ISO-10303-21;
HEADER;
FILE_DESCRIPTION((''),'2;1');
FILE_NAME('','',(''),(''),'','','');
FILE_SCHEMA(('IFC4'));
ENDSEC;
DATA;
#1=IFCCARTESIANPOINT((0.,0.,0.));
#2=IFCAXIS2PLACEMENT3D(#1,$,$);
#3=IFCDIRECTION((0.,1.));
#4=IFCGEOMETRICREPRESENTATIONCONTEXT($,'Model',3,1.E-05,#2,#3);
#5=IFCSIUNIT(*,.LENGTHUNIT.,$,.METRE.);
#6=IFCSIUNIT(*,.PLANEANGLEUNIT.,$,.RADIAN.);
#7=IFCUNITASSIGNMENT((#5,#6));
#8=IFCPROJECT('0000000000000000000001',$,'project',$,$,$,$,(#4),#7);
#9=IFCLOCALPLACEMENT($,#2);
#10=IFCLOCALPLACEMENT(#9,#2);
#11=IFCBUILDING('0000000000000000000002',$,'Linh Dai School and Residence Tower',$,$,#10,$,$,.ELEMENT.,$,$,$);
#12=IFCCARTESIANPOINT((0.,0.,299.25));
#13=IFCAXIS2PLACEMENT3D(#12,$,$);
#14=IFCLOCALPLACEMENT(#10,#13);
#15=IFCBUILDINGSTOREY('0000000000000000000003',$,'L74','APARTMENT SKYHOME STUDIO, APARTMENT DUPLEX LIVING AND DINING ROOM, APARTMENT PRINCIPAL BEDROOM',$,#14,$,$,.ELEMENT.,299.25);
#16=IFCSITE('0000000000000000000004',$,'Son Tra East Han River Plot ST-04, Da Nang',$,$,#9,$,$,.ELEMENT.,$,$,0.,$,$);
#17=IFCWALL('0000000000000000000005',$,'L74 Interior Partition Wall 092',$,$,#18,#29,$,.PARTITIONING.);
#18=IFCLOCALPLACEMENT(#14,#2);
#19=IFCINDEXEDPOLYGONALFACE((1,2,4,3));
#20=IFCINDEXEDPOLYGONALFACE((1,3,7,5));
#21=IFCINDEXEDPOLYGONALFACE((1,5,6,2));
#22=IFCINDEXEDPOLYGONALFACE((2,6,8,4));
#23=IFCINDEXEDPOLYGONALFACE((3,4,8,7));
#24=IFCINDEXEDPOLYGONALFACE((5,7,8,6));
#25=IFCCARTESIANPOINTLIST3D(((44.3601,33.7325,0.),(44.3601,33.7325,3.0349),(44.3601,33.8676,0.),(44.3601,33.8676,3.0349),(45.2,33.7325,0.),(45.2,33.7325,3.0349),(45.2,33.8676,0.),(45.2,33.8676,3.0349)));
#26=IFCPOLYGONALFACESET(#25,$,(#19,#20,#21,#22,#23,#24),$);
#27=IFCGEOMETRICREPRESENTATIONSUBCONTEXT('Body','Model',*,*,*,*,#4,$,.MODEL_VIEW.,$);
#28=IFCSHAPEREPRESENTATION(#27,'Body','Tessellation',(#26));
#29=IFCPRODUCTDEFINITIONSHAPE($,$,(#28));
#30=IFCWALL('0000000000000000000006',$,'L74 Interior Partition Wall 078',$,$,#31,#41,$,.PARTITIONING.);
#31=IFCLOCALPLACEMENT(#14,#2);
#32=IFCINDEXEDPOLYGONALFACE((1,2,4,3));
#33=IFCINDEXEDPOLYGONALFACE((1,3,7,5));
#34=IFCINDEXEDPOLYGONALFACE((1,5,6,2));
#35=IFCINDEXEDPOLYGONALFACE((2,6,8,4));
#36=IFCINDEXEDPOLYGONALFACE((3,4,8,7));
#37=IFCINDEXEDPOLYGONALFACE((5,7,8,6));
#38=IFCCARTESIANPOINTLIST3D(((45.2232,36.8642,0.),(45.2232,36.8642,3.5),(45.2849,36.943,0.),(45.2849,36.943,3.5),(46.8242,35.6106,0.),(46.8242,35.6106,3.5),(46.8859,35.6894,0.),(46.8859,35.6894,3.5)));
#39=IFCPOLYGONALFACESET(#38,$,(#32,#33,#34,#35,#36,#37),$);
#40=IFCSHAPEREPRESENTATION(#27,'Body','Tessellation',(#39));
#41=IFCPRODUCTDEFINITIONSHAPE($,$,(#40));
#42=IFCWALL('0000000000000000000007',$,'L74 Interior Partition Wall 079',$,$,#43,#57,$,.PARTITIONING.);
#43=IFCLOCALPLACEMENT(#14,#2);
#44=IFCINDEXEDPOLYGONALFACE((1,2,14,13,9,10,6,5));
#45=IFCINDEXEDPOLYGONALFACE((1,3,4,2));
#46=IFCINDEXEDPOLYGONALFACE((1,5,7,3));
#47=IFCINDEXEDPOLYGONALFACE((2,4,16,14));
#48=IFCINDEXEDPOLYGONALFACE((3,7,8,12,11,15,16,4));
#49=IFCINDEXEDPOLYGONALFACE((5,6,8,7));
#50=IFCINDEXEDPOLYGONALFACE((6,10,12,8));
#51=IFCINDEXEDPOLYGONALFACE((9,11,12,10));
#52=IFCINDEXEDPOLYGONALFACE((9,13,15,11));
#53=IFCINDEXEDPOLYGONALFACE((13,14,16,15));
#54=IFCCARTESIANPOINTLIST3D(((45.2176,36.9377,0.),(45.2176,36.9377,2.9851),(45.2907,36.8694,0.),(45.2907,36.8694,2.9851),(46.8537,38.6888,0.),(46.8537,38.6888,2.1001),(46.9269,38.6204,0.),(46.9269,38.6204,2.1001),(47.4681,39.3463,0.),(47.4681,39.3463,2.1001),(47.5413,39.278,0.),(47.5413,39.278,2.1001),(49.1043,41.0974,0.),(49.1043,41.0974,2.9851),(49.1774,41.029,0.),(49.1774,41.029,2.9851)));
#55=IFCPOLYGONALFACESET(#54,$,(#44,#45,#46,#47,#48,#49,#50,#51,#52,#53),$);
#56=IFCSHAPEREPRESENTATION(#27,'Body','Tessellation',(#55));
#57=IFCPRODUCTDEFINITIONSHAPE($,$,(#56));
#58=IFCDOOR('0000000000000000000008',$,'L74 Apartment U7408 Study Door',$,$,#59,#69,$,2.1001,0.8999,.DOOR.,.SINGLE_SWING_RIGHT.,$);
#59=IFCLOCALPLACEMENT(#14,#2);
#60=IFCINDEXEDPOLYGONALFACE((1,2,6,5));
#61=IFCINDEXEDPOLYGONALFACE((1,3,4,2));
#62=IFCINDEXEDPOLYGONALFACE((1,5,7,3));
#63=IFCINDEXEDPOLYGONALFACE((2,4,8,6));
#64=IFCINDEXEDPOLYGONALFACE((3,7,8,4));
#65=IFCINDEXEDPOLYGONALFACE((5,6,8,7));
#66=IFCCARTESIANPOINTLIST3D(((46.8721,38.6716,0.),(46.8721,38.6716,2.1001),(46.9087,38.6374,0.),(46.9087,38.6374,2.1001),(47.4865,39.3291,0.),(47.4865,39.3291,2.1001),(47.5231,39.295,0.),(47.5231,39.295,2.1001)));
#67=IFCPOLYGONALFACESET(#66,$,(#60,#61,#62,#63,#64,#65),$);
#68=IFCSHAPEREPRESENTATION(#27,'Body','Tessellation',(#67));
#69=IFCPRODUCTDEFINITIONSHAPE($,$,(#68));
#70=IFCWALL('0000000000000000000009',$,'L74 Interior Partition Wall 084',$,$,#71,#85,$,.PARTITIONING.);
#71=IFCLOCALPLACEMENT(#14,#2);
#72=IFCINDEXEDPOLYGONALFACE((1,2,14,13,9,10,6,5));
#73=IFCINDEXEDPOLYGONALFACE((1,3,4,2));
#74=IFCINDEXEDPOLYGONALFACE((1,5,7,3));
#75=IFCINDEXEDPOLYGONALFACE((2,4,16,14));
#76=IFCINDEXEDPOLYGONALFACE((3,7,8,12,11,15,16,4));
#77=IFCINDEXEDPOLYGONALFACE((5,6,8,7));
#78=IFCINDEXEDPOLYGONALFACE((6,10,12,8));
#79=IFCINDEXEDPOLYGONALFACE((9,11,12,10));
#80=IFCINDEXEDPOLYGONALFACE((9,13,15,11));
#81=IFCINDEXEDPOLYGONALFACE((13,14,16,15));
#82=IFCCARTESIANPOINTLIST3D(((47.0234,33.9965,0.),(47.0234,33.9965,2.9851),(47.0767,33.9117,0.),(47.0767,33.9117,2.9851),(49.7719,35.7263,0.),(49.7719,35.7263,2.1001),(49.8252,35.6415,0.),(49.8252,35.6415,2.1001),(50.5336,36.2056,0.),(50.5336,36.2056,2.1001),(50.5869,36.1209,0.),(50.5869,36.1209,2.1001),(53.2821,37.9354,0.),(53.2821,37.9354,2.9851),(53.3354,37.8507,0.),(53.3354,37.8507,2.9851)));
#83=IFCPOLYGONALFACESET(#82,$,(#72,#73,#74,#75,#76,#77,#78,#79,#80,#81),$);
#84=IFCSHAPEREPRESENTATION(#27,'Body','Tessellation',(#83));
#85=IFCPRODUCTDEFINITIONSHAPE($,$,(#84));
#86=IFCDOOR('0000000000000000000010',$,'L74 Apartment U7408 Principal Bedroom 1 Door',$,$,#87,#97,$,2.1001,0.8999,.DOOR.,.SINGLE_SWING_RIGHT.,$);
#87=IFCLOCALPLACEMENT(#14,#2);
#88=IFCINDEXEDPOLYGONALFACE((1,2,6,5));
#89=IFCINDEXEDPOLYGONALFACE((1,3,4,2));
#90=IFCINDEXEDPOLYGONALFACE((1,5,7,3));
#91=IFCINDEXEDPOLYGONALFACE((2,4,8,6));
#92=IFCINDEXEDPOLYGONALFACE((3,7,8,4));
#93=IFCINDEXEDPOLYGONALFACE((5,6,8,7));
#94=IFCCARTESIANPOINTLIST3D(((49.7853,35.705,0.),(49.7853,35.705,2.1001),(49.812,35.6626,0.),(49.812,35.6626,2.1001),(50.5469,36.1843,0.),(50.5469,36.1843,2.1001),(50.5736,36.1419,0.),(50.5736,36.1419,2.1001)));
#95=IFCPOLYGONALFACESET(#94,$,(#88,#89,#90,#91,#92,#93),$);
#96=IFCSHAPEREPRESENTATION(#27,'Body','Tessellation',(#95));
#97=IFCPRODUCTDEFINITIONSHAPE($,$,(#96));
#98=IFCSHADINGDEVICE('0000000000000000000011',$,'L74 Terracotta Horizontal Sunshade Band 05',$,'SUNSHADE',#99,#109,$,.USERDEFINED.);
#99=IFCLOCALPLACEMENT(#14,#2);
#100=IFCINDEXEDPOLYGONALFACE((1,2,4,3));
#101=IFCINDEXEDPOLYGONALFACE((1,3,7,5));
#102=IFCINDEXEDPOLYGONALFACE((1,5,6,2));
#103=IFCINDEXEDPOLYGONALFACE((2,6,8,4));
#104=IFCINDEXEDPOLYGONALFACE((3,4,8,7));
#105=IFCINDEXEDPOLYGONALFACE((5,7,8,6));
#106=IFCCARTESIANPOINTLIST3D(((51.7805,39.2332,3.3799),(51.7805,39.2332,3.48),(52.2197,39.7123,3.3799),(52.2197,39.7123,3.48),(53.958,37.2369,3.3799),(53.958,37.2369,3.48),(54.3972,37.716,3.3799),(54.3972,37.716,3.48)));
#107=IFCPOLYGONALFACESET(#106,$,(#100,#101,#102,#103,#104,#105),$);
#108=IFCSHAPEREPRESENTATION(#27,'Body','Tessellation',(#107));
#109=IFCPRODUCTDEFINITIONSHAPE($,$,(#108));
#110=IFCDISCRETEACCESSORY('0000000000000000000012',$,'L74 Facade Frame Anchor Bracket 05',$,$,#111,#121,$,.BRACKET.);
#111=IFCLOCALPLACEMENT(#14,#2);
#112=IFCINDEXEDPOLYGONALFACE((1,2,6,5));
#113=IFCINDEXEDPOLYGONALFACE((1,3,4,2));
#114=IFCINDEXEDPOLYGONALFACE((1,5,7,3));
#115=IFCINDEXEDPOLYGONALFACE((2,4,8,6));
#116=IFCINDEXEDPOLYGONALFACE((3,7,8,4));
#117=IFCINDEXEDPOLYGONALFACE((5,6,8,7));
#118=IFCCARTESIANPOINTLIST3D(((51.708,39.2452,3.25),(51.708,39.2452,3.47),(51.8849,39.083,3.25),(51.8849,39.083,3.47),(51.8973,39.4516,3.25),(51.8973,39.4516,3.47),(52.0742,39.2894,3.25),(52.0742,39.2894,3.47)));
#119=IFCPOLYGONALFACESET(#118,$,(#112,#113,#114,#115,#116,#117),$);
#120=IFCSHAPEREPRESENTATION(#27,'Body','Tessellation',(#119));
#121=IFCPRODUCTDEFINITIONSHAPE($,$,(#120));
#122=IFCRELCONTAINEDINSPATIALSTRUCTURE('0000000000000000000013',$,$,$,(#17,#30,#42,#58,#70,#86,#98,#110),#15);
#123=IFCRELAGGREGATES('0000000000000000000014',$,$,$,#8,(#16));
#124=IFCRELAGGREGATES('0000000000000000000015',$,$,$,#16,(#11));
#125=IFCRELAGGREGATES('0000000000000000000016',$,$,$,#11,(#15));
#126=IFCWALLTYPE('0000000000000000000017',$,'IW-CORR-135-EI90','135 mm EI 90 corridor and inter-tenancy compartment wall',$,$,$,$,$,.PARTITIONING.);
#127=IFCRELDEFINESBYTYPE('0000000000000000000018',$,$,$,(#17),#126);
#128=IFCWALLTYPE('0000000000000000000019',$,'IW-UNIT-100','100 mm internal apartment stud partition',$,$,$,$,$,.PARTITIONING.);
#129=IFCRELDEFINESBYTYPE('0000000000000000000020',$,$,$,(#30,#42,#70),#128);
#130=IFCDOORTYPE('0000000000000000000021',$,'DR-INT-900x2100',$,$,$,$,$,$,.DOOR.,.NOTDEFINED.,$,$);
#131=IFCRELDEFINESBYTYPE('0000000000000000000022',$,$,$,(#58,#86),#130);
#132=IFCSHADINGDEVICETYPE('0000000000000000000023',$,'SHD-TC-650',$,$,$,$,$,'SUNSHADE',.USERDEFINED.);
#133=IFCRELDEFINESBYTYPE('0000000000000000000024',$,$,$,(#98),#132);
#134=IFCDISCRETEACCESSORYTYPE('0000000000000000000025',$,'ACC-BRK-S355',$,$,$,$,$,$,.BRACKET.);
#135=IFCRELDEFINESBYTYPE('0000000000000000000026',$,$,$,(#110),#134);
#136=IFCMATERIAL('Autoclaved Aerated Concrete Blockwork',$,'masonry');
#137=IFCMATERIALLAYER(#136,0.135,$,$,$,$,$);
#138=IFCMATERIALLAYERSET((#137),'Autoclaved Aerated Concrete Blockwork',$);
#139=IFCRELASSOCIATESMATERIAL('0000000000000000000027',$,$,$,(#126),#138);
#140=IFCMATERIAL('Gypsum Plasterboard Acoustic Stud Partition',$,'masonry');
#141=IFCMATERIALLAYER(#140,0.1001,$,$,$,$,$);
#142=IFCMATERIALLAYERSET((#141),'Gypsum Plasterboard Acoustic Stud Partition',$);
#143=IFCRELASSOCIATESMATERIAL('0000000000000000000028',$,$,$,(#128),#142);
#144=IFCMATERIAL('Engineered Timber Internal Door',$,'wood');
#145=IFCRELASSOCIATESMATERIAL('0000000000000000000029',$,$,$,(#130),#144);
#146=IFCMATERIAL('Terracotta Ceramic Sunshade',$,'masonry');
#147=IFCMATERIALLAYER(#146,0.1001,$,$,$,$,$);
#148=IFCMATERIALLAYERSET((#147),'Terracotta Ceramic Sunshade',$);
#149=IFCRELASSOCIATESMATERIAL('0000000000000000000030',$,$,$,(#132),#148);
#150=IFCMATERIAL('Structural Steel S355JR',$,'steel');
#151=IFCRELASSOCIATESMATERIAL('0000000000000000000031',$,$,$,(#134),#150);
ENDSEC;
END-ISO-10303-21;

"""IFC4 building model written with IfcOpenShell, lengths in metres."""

from ifc_helpers import new_model, si_unit, direction, frame, frame_2d, origin, origin_2d, place, context, subcontext, project, spatial, rectangle, extrude, source, transform, mapped, material, layer, layer_set, type_object, element, fill, save


model = new_model("IFC4")

# Units and contexts
model_context = context("Model", 3, precision=1e-05, world=origin(), true_north=direction((0.0, 1.0)))
body_context = subcontext(model_context, "Body", "Model", "MODEL_VIEW")
ifc_project = project(units=[si_unit("LENGTHUNIT", "METRE"), si_unit("PLANEANGLEUNIT", "RADIAN")], contexts=[model_context])

# Site, building, storey
site_placement = place(None, origin())
site = spatial("IfcSite", under=ifc_project, at=site_placement, Name="Son Tra East Han River Plot ST-04, Da Nang", CompositionType="ELEMENT", RefElevation=0.0)
building_placement = place(site_placement, origin())
building = spatial("IfcBuilding", under=site, at=building_placement, Name="Linh Dai School and Residence Tower", CompositionType="ELEMENT")
storey_placement = place(building_placement, frame((0.0, 0.0, 299.25)))
storey = spatial("IfcBuildingStorey", under=building, at=storey_placement, Name="L74", Description="APARTMENT SKYHOME STUDIO, APARTMENT DUPLEX LIVING AND DINING ROOM, APARTMENT PRINCIPAL BEDROOM", CompositionType="ELEMENT", Elevation=299.25)

# Shared definitions
ifc_material_1 = material(Name="Structural Steel S355JR", Category="steel")

# Walls
ifc_material_2 = material(Name="Autoclaved Aerated Concrete Blockwork", Category="masonry")
ifc_layer_1 = layer(ifc_material_2, 0.135)
ifc_layer_set_1 = layer_set([ifc_layer_1], Name="Autoclaved Aerated Concrete Blockwork")
wall_type_1 = type_object("IfcWallType", Name="IW-CORR-135-EI90", Description="135 mm EI 90 corridor and inter-tenancy compartment wall", PredefinedType="PARTITIONING", material=ifc_layer_set_1)
wall_1_placement = place(storey_placement, frame((45.2, 33.8, 0.0), z_axis=(0.0, 0.0, 1.0), x_axis=(-1.0, 0.0, 0.0)))
element("IfcWall", 1, at=wall_1_placement, inside=storey, type_object=wall_type_1, Name="L74 Interior Partition Wall 092", PredefinedType="PARTITIONING", context=body_context, shape_type="SweptSolid", body=[
    extrude(rectangle(XDim=0.8398, YDim=0.135, at=frame_2d((0.4199, 0.0))), origin(), (0.0, 0.0, 1.0), 3.0349),
])
ifc_material_3 = material(Name="Gypsum Plasterboard Acoustic Stud Partition", Category="masonry")
ifc_layer_2 = layer(ifc_material_3, 0.1001)
ifc_layer_set_2 = layer_set([ifc_layer_2], Name="Gypsum Plasterboard Acoustic Stud Partition")
wall_type_2 = type_object("IfcWallType", Name="IW-UNIT-100", Description="100 mm internal apartment stud partition", PredefinedType="PARTITIONING", material=ifc_layer_set_2)
wall_2_placement = place(storey_placement, frame((45.2542, 36.9036, 0.0), z_axis=(0.0, 0.0, 1.0), x_axis=(0.78735, -0.616506, 0.0)))
element("IfcWall", 2, at=wall_2_placement, inside=storey, type_object=wall_type_2, Name="L74 Interior Partition Wall 078", PredefinedType="PARTITIONING", context=body_context, shape_type="SweptSolid", body=[
    extrude(rectangle(XDim=2.0334, YDim=0.1001, at=frame_2d((1.0166, 0.0))), origin(), (0.0, 0.0, 1.0), 3.5),
])

# Walls, openings, doors
wall_3_placement = place(storey_placement, frame((45.2542, 36.9036, 0.0), z_axis=(0.0, 0.0, 1.0), x_axis=(0.682728, 0.730673, 0.0)))
wall_3 = element("IfcWall", 3, at=wall_3_placement, inside=storey, type_object=wall_type_2, Name="L74 Interior Partition Wall 079", PredefinedType="PARTITIONING", context=body_context, shape_type="SweptSolid", body=[
    extrude(rectangle(XDim=5.6929, YDim=0.1001, at=frame_2d((2.8464, 0.0))), origin(), (0.0, 0.0, 1.0), 2.9851),
])
opening_1_placement = place(wall_3_placement, frame((2.3965, 0.0, 0.0)))
opening_1 = element("IfcOpeningElement", 4, at=opening_1_placement, cuts=wall_3, PredefinedType="OPENING", context=body_context, shape_type="SweptSolid", body=[
    extrude(rectangle(XDim=0.8999, YDim=2.1001, at=origin_2d()), frame((0.45, 0.0601, 1.05), z_axis=(0.0, -1.0, 0.0), x_axis=(1.0, 0.0, 0.0)), (0.0, 0.0, 1.0), 0.1201),
])
ifc_material_4 = material(Name="Engineered Timber Internal Door", Category="wood")
door_type = type_object("IfcDoorType", Name="DR-INT-900x2100", OperationType="NOTDEFINED", PredefinedType="DOOR", material=ifc_material_4)
shared_shape_1 = source(origin(), body_context, "Body", "SweptSolid", [
    extrude(rectangle(XDim=0.8999, YDim=2.1001, at=origin_2d()), frame((0.45, 0.0249, 1.05), z_axis=(0.0, -1.0, 0.0), x_axis=(1.0, 0.0, 0.0)), (0.0, 0.0, 1.0), 0.05),
])
door_1_placement = place(opening_1_placement, origin())
door_1 = element("IfcDoor", 5, at=door_1_placement, inside=storey, type_object=door_type, Name="L74 Apartment U7408 Study Door", OperationType="SINGLE_SWING_RIGHT", OverallHeight=2.1001, OverallWidth=0.8999, PredefinedType="DOOR", context=body_context, shape_type="MappedRepresentation", body=[
    mapped(shared_shape_1, transform((0.0, 0.0, 0.0), x_axis=(1.0, 0.0, 0.0), y_axis=(0.0, 1.0, 0.0), z_axis=(0.0, 0.0, 1.0), scale=1.0)),
])
fill(opening_1, door_1)
wall_4_placement = place(storey_placement, frame((47.05, 33.9541, 0.0), z_axis=(0.0, 0.0, 1.0), x_axis=(0.84634, 0.532643, 0.0)))
wall_4 = element("IfcWall", 6, at=wall_4_placement, inside=storey, type_object=wall_type_2, Name="L74 Interior Partition Wall 084", PredefinedType="PARTITIONING", context=body_context, shape_type="SweptSolid", body=[
    extrude(rectangle(XDim=7.395, YDim=0.1001, at=frame_2d((3.6975, 0.0))), origin(), (0.0, 0.0, 1.0), 2.9851),
])
opening_2_placement = place(wall_4_placement, frame((3.2476, 0.0, 0.0)))
opening_2 = element("IfcOpeningElement", 7, at=opening_2_placement, cuts=wall_4, PredefinedType="OPENING", context=body_context, shape_type="SweptSolid", body=[
    extrude(rectangle(XDim=0.8999, YDim=2.1001, at=origin_2d()), frame((0.45, 0.0601, 1.05), z_axis=(0.0, -1.0, 0.0), x_axis=(1.0, 0.0, 0.0)), (0.0, 0.0, 1.0), 0.1201),
])
door_2_placement = place(opening_2_placement, origin())
door_2 = element("IfcDoor", 8, at=door_2_placement, inside=storey, type_object=door_type, Name="L74 Apartment U7408 Principal Bedroom 1 Door", OperationType="SINGLE_SWING_RIGHT", OverallHeight=2.1001, OverallWidth=0.8999, PredefinedType="DOOR", context=body_context, shape_type="MappedRepresentation", body=[
    mapped(shared_shape_1, transform((0.0, 0.0, 0.0), x_axis=(1.0, 0.0, 0.0), y_axis=(0.0, 1.0, 0.0), z_axis=(0.0, 0.0, 1.0), scale=1.0)),
])
fill(opening_2, door_2)

# Shading device
ifc_material_5 = material(Name="Terracotta Ceramic Sunshade", Category="masonry")
ifc_layer_3 = layer(ifc_material_5, 0.1001)
ifc_layer_set_3 = layer_set([ifc_layer_3], Name="Terracotta Ceramic Sunshade")
shading_device_type = type_object("IfcShadingDeviceType", Name="SHD-TC-650", ElementType="SUNSHADE", PredefinedType="USERDEFINED", material=ifc_layer_set_3)
shared_shape_2 = source(origin(), body_context, "Body", "SweptSolid", [
    extrude(rectangle(XDim=2.9541, YDim=0.6499, at=origin_2d()), origin(), (0.0, 0.0, 1.0), 0.1001),
])
shading_device_placement = place(storey_placement, frame((53.0889, 38.4746, 3.3799), z_axis=(0.0, 0.0, 1.0), x_axis=(0.737106, -0.675777, 0.0)))
element("IfcShadingDevice", 9, at=shading_device_placement, inside=storey, type_object=shading_device_type, Name="L74 Terracotta Horizontal Sunshade Band 05", ObjectType="SUNSHADE", PredefinedType="USERDEFINED", context=body_context, shape_type="MappedRepresentation", body=[
    mapped(shared_shape_2, transform((0.0, 0.0, 0.0), x_axis=(1.0, 0.0, 0.0), y_axis=(0.0, 1.0, 0.0), z_axis=(0.0, 0.0, 1.0), scale=1.0)),
])

# Discrete accessory
discrete_accessory_type = type_object("IfcDiscreteAccessoryType", Name="ACC-BRK-S355", PredefinedType="BRACKET", material=ifc_material_1)
shared_shape_3 = source(origin(), body_context, "Body", "SweptSolid", [
    extrude(rectangle(XDim=0.28, YDim=0.24, at=origin_2d()), origin(), (0.0, 0.0, 1.0), 0.22),
])
discrete_accessory_placement = place(storey_placement, frame((51.8911, 39.2673, 3.25), z_axis=(0.0, 0.0, 1.0), x_axis=(0.675777, 0.737106, 0.0)))
element("IfcDiscreteAccessory", 10, at=discrete_accessory_placement, inside=storey, type_object=discrete_accessory_type, Name="L74 Facade Frame Anchor Bracket 05", PredefinedType="BRACKET", context=body_context, shape_type="MappedRepresentation", body=[
    mapped(shared_shape_3, transform((0.0, 0.0, 0.0), x_axis=(1.0, 0.0, 0.0), y_axis=(0.0, 1.0, 0.0), z_axis=(0.0, 0.0, 1.0), scale=1.0)),
])

save(model, "model.ifc")
